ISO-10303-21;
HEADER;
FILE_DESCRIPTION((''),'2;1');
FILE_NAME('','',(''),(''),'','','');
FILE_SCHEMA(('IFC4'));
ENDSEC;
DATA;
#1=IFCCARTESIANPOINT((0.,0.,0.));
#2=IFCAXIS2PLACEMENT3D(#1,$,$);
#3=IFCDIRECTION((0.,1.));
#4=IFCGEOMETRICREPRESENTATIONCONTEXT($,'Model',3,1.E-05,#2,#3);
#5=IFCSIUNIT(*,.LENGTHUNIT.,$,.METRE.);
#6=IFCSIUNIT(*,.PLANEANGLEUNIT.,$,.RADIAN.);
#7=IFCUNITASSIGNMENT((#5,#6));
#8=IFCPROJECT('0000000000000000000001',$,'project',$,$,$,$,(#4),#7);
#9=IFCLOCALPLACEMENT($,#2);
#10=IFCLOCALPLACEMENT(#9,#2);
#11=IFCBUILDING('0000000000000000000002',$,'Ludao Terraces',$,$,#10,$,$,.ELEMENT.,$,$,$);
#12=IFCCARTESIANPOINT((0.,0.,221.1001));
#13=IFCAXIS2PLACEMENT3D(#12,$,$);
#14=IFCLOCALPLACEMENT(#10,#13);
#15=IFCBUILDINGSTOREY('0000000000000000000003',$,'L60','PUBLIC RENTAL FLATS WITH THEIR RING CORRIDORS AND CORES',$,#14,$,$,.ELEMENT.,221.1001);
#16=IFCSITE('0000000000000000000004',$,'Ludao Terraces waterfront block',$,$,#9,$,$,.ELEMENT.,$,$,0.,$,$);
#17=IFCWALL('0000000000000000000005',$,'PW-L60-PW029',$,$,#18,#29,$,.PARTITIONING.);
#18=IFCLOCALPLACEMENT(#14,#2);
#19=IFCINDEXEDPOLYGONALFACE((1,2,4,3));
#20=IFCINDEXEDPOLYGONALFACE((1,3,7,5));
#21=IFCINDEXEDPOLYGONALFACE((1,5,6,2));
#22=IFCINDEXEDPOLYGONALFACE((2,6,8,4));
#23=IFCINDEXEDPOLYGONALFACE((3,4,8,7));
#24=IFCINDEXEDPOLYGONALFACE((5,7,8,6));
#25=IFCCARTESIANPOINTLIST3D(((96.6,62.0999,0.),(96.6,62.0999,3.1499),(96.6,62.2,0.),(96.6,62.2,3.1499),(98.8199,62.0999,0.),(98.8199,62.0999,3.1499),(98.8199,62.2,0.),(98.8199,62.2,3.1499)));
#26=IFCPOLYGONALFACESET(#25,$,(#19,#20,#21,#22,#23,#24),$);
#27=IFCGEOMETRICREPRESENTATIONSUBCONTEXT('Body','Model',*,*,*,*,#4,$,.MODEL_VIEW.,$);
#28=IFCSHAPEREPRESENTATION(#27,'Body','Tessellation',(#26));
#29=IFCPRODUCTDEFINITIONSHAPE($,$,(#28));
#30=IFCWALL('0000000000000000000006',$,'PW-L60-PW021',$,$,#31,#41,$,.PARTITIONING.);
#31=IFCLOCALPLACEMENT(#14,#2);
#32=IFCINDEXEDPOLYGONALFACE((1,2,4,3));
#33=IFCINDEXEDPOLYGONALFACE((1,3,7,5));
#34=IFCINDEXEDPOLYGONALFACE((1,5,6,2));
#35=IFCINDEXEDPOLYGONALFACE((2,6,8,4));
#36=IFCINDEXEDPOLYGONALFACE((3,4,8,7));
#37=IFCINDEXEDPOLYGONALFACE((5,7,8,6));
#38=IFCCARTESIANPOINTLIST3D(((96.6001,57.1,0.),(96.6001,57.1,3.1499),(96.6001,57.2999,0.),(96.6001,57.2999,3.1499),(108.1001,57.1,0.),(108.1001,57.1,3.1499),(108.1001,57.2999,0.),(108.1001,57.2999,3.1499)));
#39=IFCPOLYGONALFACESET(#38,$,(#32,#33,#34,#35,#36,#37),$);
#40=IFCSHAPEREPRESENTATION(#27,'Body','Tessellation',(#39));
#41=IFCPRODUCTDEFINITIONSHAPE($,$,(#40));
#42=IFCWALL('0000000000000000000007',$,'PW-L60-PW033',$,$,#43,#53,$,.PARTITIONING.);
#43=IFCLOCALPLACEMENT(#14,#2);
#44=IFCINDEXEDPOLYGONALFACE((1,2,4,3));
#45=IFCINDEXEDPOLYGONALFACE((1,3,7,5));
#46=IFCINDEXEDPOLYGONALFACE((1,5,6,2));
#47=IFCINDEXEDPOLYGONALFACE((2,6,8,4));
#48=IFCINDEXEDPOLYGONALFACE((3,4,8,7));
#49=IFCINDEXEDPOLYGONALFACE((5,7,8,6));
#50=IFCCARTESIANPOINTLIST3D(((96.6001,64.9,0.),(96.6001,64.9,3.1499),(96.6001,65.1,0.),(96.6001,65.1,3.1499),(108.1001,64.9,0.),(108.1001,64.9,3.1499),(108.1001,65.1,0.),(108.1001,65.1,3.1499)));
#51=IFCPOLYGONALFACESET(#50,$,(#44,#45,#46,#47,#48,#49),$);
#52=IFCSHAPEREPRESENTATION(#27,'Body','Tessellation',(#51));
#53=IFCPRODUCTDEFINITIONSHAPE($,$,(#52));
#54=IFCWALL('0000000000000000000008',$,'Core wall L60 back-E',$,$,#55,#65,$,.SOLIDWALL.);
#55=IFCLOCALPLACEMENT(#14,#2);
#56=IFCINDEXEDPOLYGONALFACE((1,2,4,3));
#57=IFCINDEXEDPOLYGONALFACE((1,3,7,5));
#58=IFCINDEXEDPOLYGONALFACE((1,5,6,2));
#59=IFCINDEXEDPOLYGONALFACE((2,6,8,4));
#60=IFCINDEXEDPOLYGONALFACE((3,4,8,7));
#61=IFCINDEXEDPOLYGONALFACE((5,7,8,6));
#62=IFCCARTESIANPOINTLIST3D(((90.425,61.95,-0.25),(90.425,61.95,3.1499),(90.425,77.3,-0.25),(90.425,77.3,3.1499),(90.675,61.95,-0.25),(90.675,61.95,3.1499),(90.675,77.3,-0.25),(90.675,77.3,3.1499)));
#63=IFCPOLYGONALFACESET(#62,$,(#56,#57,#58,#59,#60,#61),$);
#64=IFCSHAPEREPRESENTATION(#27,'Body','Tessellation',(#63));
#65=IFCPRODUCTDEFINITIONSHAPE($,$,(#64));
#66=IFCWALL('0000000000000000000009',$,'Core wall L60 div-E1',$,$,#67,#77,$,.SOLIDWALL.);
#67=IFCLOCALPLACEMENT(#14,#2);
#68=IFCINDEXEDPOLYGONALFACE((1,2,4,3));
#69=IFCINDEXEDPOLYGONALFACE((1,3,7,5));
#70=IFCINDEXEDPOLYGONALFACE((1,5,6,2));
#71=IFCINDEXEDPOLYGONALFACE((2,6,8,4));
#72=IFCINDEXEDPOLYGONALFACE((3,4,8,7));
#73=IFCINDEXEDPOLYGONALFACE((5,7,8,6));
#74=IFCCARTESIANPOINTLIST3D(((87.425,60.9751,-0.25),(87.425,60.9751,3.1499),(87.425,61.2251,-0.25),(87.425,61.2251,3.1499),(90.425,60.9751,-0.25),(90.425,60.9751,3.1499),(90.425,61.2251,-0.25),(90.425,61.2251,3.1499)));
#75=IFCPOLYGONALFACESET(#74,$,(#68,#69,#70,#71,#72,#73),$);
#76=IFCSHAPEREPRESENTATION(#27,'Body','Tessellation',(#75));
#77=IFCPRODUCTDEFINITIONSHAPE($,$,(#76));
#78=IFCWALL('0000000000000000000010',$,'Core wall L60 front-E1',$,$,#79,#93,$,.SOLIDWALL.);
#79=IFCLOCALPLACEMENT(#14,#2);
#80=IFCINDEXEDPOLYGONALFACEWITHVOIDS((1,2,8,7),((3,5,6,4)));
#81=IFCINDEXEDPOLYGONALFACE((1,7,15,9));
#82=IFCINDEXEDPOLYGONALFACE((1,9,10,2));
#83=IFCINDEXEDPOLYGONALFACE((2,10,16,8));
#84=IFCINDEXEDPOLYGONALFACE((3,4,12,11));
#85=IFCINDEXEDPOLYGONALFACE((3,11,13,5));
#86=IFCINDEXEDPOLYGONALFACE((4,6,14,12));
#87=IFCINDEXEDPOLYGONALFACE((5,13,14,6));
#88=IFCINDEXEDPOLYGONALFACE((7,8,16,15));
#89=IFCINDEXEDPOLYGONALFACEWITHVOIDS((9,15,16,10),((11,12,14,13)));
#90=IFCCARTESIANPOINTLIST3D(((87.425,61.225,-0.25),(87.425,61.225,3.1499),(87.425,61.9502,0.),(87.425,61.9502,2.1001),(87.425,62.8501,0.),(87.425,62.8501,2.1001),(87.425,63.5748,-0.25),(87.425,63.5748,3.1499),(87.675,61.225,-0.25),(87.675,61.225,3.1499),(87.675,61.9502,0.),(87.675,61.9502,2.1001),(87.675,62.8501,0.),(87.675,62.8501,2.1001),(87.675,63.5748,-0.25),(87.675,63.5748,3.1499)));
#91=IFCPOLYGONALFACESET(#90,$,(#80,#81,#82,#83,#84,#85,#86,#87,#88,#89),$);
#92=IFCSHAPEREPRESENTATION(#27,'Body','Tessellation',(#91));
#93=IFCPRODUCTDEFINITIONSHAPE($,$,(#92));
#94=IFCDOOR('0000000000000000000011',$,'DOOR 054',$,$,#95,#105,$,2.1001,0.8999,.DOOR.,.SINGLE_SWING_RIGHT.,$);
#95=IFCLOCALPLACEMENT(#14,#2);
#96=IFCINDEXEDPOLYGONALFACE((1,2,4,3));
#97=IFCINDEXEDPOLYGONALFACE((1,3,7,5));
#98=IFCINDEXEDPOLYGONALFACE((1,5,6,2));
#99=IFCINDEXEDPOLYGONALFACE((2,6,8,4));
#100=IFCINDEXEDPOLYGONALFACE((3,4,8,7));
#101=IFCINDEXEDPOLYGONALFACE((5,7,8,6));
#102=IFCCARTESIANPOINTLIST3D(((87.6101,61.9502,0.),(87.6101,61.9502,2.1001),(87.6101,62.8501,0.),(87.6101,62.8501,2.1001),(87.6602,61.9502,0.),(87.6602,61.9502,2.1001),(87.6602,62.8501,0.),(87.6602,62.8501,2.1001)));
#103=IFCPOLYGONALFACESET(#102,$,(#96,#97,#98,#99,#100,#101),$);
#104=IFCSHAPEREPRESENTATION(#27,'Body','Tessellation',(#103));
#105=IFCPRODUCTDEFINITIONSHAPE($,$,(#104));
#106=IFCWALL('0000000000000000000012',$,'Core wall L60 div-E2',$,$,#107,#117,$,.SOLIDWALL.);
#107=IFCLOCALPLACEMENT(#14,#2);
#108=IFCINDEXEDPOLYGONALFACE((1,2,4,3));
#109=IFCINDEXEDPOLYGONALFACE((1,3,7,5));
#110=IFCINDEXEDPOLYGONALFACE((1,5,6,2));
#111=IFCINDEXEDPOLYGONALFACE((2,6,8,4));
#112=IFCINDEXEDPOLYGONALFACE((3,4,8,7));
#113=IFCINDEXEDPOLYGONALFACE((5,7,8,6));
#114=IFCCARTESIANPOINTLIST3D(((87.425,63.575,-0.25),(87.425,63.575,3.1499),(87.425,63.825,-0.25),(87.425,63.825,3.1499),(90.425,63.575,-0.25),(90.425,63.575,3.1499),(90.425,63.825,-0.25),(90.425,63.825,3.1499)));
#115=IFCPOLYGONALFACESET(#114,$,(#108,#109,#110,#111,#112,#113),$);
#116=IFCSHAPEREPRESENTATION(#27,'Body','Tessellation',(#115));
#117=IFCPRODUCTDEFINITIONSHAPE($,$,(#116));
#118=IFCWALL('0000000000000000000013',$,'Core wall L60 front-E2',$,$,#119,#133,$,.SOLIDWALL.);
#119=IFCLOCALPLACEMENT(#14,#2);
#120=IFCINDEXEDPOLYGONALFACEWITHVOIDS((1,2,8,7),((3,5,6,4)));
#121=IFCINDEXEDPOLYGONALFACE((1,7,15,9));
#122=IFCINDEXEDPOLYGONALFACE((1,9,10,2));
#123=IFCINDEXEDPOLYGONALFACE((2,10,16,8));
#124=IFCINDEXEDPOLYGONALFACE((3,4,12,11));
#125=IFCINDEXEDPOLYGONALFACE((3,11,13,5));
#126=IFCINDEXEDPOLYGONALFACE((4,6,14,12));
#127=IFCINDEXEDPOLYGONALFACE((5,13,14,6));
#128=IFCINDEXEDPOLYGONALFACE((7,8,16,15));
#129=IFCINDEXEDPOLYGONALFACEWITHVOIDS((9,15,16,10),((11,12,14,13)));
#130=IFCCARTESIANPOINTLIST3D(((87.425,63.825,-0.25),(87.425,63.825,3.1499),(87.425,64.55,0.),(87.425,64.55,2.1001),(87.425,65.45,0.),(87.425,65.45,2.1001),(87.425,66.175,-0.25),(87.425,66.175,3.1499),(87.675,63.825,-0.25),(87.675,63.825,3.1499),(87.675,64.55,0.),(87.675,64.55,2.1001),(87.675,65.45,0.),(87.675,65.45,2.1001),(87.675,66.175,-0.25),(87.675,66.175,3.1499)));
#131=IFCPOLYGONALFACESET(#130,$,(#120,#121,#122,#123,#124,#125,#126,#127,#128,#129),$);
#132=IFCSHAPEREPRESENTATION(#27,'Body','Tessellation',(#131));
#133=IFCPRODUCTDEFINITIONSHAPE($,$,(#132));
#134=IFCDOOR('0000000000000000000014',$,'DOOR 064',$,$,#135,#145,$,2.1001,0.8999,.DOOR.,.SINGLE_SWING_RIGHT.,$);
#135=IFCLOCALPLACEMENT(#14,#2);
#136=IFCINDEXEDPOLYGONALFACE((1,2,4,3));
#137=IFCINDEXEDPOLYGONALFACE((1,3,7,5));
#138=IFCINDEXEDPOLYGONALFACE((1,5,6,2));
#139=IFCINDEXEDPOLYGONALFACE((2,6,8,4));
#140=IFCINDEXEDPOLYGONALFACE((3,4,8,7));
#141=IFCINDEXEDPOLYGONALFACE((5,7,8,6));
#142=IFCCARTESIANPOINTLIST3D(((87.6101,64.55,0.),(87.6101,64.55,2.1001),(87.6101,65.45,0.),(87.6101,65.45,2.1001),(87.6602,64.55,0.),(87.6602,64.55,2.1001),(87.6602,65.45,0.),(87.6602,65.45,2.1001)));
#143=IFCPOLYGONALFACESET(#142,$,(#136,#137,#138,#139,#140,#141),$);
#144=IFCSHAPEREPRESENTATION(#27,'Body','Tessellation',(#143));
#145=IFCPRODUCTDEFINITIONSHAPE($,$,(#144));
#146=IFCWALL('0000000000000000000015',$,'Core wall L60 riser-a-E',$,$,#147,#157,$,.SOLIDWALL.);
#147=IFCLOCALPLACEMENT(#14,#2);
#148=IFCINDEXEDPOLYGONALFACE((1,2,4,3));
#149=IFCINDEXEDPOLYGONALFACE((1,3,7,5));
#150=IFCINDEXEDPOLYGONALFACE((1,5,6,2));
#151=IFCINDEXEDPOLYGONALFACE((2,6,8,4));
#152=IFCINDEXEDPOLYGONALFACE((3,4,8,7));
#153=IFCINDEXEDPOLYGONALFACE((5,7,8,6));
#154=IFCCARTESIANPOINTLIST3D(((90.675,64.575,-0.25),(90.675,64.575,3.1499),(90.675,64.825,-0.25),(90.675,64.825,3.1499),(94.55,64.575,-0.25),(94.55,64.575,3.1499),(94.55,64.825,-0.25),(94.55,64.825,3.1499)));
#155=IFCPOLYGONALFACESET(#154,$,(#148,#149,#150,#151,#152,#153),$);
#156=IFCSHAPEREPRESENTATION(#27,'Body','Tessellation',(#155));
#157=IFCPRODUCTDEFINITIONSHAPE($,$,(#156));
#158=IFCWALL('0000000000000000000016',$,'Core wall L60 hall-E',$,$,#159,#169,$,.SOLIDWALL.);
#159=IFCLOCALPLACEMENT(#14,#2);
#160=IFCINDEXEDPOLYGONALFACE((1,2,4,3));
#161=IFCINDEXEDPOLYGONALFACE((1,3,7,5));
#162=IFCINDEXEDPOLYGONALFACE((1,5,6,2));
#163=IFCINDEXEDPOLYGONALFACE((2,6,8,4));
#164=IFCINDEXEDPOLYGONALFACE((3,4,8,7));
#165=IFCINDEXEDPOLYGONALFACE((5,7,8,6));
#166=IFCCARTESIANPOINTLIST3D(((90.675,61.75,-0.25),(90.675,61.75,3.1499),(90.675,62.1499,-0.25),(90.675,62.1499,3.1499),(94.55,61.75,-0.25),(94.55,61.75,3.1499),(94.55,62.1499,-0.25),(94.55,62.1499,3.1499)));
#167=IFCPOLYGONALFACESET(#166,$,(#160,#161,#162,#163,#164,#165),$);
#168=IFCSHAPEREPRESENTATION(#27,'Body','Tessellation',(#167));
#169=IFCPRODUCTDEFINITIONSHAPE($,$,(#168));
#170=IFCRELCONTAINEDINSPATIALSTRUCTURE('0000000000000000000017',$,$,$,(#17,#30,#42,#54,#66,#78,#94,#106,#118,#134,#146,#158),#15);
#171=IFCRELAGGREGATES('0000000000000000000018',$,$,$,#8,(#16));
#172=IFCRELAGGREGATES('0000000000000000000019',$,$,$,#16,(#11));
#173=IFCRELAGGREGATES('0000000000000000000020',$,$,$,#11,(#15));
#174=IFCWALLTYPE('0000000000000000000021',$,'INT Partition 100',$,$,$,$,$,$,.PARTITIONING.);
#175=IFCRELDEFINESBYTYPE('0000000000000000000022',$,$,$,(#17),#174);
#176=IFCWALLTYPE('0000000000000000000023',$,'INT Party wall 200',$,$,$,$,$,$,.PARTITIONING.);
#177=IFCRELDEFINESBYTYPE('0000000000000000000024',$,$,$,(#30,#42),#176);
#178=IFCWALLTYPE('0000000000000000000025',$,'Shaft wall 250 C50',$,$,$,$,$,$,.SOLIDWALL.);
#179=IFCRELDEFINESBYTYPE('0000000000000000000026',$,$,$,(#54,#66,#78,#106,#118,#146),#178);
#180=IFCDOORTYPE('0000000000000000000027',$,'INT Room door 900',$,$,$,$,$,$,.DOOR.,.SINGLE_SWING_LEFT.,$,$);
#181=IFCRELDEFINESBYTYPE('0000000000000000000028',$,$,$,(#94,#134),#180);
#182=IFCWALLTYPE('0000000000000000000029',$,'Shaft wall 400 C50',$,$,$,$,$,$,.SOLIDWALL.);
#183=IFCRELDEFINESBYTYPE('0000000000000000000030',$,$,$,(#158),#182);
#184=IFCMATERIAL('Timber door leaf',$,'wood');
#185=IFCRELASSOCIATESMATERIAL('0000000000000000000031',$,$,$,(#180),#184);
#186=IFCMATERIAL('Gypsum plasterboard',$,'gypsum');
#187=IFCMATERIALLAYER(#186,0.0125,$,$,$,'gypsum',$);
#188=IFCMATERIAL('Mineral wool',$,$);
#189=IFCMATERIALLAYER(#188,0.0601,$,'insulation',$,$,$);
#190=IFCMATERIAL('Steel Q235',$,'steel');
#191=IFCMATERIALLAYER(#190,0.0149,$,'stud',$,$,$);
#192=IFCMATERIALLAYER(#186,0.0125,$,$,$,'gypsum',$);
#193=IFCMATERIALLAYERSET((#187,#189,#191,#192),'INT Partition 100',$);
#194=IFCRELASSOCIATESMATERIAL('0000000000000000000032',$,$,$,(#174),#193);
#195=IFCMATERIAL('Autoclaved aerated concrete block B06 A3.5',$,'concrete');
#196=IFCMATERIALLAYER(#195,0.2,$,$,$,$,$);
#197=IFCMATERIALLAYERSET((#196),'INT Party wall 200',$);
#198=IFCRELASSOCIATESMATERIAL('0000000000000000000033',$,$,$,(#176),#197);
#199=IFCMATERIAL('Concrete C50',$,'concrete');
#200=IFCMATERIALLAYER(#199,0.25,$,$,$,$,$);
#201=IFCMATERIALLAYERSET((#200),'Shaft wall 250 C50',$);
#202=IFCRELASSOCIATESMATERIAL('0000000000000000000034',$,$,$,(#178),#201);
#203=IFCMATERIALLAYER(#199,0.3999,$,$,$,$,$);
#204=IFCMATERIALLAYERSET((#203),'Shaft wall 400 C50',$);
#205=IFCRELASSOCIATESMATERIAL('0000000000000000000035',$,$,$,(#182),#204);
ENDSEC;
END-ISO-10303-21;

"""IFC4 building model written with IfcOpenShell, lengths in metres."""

from ifc_helpers import new_model, si_unit, direction, frame, frame_2d, origin, place, context, subcontext, project, spatial, rectangle, extrude, material, layer, layer_set, type_object, element, fill, save


model = new_model("IFC4")

# Units and contexts
model_context = context("Model", 3, precision=1e-05, world=origin(), true_north=direction((0.0, 1.0)))
body_context = subcontext(model_context, "Body", "Model", "MODEL_VIEW")
ifc_project = project(units=[si_unit("LENGTHUNIT", "METRE"), si_unit("PLANEANGLEUNIT", "RADIAN")], contexts=[model_context])

# Site, building, storey
site_placement = place(None, origin())
site = spatial("IfcSite", under=ifc_project, at=site_placement, Name="Ludao Terraces waterfront block", CompositionType="ELEMENT", RefElevation=0.0)
building_placement = place(site_placement, origin())
building = spatial("IfcBuilding", under=site, at=building_placement, Name="Ludao Terraces", CompositionType="ELEMENT")
storey_placement = place(building_placement, frame((0.0, 0.0, 221.1001)))
storey = spatial("IfcBuildingStorey", under=building, at=storey_placement, Name="L60", Description="PUBLIC RENTAL FLATS WITH THEIR RING CORRIDORS AND CORES", CompositionType="ELEMENT", Elevation=221.1001)

# Shared definitions
ifc_material_1 = material(Name="Concrete C50", Category="concrete")
ifc_material_2 = material(Name="Steel Q235", Category="steel")
ifc_material_3 = material(Name="Timber door leaf", Category="wood")
door_type_1 = type_object("IfcDoorType", Name="INT Room door 900", OperationType="SINGLE_SWING_LEFT", PredefinedType="DOOR", material=ifc_material_3)

# Shared definitions
ifc_material_4 = material(Name="Mineral wool")

# Walls
ifc_material_5 = material(Name="Gypsum plasterboard", Category="gypsum")
ifc_layer_1 = layer(ifc_material_5, 0.0125, Category="gypsum")
ifc_layer_2 = layer(ifc_material_4, 0.0601, Name="insulation")
ifc_layer_3 = layer(ifc_material_2, 0.0149, Name="stud")
ifc_layer_4 = layer(ifc_material_5, 0.0125, Category="gypsum")
ifc_layer_set_1 = layer_set([ifc_layer_1, ifc_layer_2, ifc_layer_3, ifc_layer_4], Name="INT Partition 100")
wall_type_1 = type_object("IfcWallType", Name="INT Partition 100", PredefinedType="PARTITIONING", material=ifc_layer_set_1)
for number, where, z_axis, x_axis, name in (
    (1, (96.6001, 62.1499, 0.0), (0.0, 0.0, 1.0), (1.0, 0.0, 0.0), "PW-L60-PW029"),
):
    element("IfcWall", number, at=place(storey_placement, frame(where, z_axis=z_axis, x_axis=x_axis)), inside=storey, type_object=wall_type_1, Name=name, PredefinedType="PARTITIONING", context=body_context, shape_type="SweptSolid", body=[
        extrude(rectangle(XDim=2.22, YDim=0.1001, at=frame_2d((1.1099, 0.0))), origin(), (0.0, 0.0, 1.0), 3.1499),
    ])
ifc_material_6 = material(Name="Autoclaved aerated concrete block B06 A3.5", Category="concrete")
ifc_layer_5 = layer(ifc_material_6, 0.2)
ifc_layer_set_2 = layer_set([ifc_layer_5], Name="INT Party wall 200")
wall_type_2 = type_object("IfcWallType", Name="INT Party wall 200", PredefinedType="PARTITIONING", material=ifc_layer_set_2)
for number, where, z_axis, x_axis, name in (
    (2, (96.6001, 57.2, 0.0), (0.0, 0.0, 1.0), (1.0, 0.0, 0.0), "PW-L60-PW021"),
    (3, (96.6001, 65.0, 0.0), (0.0, 0.0, 1.0), (1.0, 0.0, 0.0), "PW-L60-PW033"),
):
    element("IfcWall", number, at=place(storey_placement, frame(where, z_axis=z_axis, x_axis=x_axis)), inside=storey, type_object=wall_type_2, Name=name, PredefinedType="PARTITIONING", context=body_context, shape_type="SweptSolid", body=[
        extrude(rectangle(XDim=11.5, YDim=0.2, at=frame_2d((5.75, 0.0))), origin(), (0.0, 0.0, 1.0), 3.1499),
    ])
ifc_layer_6 = layer(ifc_material_1, 0.25)
ifc_layer_set_3 = layer_set([ifc_layer_6], Name="Shaft wall 250 C50")
wall_type_3 = type_object("IfcWallType", Name="Shaft wall 250 C50", PredefinedType="SOLIDWALL", material=ifc_layer_set_3)
wall_1_placement = place(storey_placement, frame((90.55, 61.95, -0.25), z_axis=(0.0, 0.0, 1.0), x_axis=(0.0, 1.0, 0.0)))
element("IfcWall", 4, at=wall_1_placement, inside=storey, type_object=wall_type_3, Name="Core wall L60 back-E", PredefinedType="SOLIDWALL", context=body_context, shape_type="SweptSolid", body=[
    extrude(rectangle(XDim=15.3501, YDim=0.25, at=frame_2d((7.675, 0.0))), origin(), (0.0, 0.0, 1.0), 3.3999),
])
wall_2_placement = place(storey_placement, frame((87.425, 61.1001, -0.25), z_axis=(0.0, 0.0, 1.0), x_axis=(1.0, 0.0, 0.0)))
element("IfcWall", 5, at=wall_2_placement, inside=storey, type_object=wall_type_3, Name="Core wall L60 div-E1", PredefinedType="SOLIDWALL", context=body_context, shape_type="SweptSolid", body=[
    extrude(rectangle(XDim=3.0, YDim=0.25, at=frame_2d((1.5, 0.0))), origin(), (0.0, 0.0, 1.0), 3.3999),
])

# Wall, opening, door
wall_3_placement = place(storey_placement, frame((87.55, 61.2251, -0.25), z_axis=(0.0, 0.0, 1.0), x_axis=(0.0, 1.0, 0.0)))
wall_3 = element("IfcWall", 6, at=wall_3_placement, inside=storey, type_object=wall_type_3, Name="Core wall L60 front-E1", PredefinedType="SOLIDWALL", context=body_context, shape_type="SweptSolid", body=[
    extrude(rectangle(XDim=2.3499, YDim=0.25, at=frame_2d((1.1748, 0.0))), origin(), (0.0, 0.0, 1.0), 3.3999),
])
opening_1_placement = place(wall_3_placement, frame((0.7251, 0.0, 0.25)))
opening_1 = element("IfcOpeningElement", 7, at=opening_1_placement, cuts=wall_3, PredefinedType="OPENING", context=body_context, shape_type="SweptSolid", body=[
    extrude(rectangle(XDim=0.8999, YDim=2.1001, at=frame_2d((0.45, 1.05))), frame((0.0, 0.135, 0.0), z_axis=(0.0, -1.0, 0.0), x_axis=(1.0, 0.0, 0.0)), (0.0, 0.0, 1.0), 0.27),
])
door_1_placement = place(opening_1_placement, origin())
door_1 = element("IfcDoor", 8, at=door_1_placement, inside=storey, type_object=door_type_1, Name="DOOR 054", OperationType="SINGLE_SWING_RIGHT", OverallHeight=2.1001, OverallWidth=0.8999, PredefinedType="DOOR", context=body_context, shape_type="SweptSolid", body=[
    extrude(rectangle(XDim=0.8999, YDim=2.1001, at=frame_2d((0.45, 1.05))), frame((0.0, -0.0601, 0.0), z_axis=(0.0, -1.0, 0.0), x_axis=(1.0, 0.0, 0.0)), (0.0, 0.0, 1.0), 0.05),
])
fill(opening_1, door_1)

# Wall
wall_4_placement = place(storey_placement, frame((87.425, 63.7, -0.25), z_axis=(0.0, 0.0, 1.0), x_axis=(1.0, 0.0, 0.0)))
element("IfcWall", 9, at=wall_4_placement, inside=storey, type_object=wall_type_3, Name="Core wall L60 div-E2", PredefinedType="SOLIDWALL", context=body_context, shape_type="SweptSolid", body=[
    extrude(rectangle(XDim=3.0, YDim=0.25, at=frame_2d((1.5, 0.0))), origin(), (0.0, 0.0, 1.0), 3.3999),
])

# Wall, opening, door
wall_5_placement = place(storey_placement, frame((87.55, 63.825, -0.25), z_axis=(0.0, 0.0, 1.0), x_axis=(0.0, 1.0, 0.0)))
wall_5 = element("IfcWall", 10, at=wall_5_placement, inside=storey, type_object=wall_type_3, Name="Core wall L60 front-E2", PredefinedType="SOLIDWALL", context=body_context, shape_type="SweptSolid", body=[
    extrude(rectangle(XDim=2.3501, YDim=0.25, at=frame_2d((1.175, 0.0))), origin(), (0.0, 0.0, 1.0), 3.3999),
])
opening_2_placement = place(wall_5_placement, frame((0.7251, 0.0, 0.25)))
opening_2 = element("IfcOpeningElement", 11, at=opening_2_placement, cuts=wall_5, PredefinedType="OPENING", context=body_context, shape_type="SweptSolid", body=[
    extrude(rectangle(XDim=0.8999, YDim=2.1001, at=frame_2d((0.45, 1.05))), frame((0.0, 0.135, 0.0), z_axis=(0.0, -1.0, 0.0), x_axis=(1.0, 0.0, 0.0)), (0.0, 0.0, 1.0), 0.27),
])
door_2_placement = place(opening_2_placement, origin())
door_2 = element("IfcDoor", 12, at=door_2_placement, inside=storey, type_object=door_type_1, Name="DOOR 064", OperationType="SINGLE_SWING_RIGHT", OverallHeight=2.1001, OverallWidth=0.8999, PredefinedType="DOOR", context=body_context, shape_type="SweptSolid", body=[
    extrude(rectangle(XDim=0.8999, YDim=2.1001, at=frame_2d((0.45, 1.05))), frame((0.0, -0.0601, 0.0), z_axis=(0.0, -1.0, 0.0), x_axis=(1.0, 0.0, 0.0)), (0.0, 0.0, 1.0), 0.05),
])
fill(opening_2, door_2)

# Walls
wall_6_placement = place(storey_placement, frame((90.675, 64.7, -0.25), z_axis=(0.0, 0.0, 1.0), x_axis=(1.0, 0.0, 0.0)))
element("IfcWall", 13, at=wall_6_placement, inside=storey, type_object=wall_type_3, Name="Core wall L60 riser-a-E", PredefinedType="SOLIDWALL", context=body_context, shape_type="SweptSolid", body=[
    extrude(rectangle(XDim=3.875, YDim=0.25, at=frame_2d((1.9375, 0.0))), origin(), (0.0, 0.0, 1.0), 3.3999),
])
ifc_layer_7 = layer(ifc_material_1, 0.3999)
ifc_layer_set_4 = layer_set([ifc_layer_7], Name="Shaft wall 400 C50")
wall_type_4 = type_object("IfcWallType", Name="Shaft wall 400 C50", PredefinedType="SOLIDWALL", material=ifc_layer_set_4)
wall_7_placement = place(storey_placement, frame((90.675, 61.95, -0.25), z_axis=(0.0, 0.0, 1.0), x_axis=(1.0, 0.0, 0.0)))
element("IfcWall", 14, at=wall_7_placement, inside=storey, type_object=wall_type_4, Name="Core wall L60 hall-E", PredefinedType="SOLIDWALL", context=body_context, shape_type="SweptSolid", body=[
    extrude(rectangle(XDim=3.875, YDim=0.3999, at=frame_2d((1.9375, 0.0))), origin(), (0.0, 0.0, 1.0), 3.3999),
])

save(model, "model.ifc")
